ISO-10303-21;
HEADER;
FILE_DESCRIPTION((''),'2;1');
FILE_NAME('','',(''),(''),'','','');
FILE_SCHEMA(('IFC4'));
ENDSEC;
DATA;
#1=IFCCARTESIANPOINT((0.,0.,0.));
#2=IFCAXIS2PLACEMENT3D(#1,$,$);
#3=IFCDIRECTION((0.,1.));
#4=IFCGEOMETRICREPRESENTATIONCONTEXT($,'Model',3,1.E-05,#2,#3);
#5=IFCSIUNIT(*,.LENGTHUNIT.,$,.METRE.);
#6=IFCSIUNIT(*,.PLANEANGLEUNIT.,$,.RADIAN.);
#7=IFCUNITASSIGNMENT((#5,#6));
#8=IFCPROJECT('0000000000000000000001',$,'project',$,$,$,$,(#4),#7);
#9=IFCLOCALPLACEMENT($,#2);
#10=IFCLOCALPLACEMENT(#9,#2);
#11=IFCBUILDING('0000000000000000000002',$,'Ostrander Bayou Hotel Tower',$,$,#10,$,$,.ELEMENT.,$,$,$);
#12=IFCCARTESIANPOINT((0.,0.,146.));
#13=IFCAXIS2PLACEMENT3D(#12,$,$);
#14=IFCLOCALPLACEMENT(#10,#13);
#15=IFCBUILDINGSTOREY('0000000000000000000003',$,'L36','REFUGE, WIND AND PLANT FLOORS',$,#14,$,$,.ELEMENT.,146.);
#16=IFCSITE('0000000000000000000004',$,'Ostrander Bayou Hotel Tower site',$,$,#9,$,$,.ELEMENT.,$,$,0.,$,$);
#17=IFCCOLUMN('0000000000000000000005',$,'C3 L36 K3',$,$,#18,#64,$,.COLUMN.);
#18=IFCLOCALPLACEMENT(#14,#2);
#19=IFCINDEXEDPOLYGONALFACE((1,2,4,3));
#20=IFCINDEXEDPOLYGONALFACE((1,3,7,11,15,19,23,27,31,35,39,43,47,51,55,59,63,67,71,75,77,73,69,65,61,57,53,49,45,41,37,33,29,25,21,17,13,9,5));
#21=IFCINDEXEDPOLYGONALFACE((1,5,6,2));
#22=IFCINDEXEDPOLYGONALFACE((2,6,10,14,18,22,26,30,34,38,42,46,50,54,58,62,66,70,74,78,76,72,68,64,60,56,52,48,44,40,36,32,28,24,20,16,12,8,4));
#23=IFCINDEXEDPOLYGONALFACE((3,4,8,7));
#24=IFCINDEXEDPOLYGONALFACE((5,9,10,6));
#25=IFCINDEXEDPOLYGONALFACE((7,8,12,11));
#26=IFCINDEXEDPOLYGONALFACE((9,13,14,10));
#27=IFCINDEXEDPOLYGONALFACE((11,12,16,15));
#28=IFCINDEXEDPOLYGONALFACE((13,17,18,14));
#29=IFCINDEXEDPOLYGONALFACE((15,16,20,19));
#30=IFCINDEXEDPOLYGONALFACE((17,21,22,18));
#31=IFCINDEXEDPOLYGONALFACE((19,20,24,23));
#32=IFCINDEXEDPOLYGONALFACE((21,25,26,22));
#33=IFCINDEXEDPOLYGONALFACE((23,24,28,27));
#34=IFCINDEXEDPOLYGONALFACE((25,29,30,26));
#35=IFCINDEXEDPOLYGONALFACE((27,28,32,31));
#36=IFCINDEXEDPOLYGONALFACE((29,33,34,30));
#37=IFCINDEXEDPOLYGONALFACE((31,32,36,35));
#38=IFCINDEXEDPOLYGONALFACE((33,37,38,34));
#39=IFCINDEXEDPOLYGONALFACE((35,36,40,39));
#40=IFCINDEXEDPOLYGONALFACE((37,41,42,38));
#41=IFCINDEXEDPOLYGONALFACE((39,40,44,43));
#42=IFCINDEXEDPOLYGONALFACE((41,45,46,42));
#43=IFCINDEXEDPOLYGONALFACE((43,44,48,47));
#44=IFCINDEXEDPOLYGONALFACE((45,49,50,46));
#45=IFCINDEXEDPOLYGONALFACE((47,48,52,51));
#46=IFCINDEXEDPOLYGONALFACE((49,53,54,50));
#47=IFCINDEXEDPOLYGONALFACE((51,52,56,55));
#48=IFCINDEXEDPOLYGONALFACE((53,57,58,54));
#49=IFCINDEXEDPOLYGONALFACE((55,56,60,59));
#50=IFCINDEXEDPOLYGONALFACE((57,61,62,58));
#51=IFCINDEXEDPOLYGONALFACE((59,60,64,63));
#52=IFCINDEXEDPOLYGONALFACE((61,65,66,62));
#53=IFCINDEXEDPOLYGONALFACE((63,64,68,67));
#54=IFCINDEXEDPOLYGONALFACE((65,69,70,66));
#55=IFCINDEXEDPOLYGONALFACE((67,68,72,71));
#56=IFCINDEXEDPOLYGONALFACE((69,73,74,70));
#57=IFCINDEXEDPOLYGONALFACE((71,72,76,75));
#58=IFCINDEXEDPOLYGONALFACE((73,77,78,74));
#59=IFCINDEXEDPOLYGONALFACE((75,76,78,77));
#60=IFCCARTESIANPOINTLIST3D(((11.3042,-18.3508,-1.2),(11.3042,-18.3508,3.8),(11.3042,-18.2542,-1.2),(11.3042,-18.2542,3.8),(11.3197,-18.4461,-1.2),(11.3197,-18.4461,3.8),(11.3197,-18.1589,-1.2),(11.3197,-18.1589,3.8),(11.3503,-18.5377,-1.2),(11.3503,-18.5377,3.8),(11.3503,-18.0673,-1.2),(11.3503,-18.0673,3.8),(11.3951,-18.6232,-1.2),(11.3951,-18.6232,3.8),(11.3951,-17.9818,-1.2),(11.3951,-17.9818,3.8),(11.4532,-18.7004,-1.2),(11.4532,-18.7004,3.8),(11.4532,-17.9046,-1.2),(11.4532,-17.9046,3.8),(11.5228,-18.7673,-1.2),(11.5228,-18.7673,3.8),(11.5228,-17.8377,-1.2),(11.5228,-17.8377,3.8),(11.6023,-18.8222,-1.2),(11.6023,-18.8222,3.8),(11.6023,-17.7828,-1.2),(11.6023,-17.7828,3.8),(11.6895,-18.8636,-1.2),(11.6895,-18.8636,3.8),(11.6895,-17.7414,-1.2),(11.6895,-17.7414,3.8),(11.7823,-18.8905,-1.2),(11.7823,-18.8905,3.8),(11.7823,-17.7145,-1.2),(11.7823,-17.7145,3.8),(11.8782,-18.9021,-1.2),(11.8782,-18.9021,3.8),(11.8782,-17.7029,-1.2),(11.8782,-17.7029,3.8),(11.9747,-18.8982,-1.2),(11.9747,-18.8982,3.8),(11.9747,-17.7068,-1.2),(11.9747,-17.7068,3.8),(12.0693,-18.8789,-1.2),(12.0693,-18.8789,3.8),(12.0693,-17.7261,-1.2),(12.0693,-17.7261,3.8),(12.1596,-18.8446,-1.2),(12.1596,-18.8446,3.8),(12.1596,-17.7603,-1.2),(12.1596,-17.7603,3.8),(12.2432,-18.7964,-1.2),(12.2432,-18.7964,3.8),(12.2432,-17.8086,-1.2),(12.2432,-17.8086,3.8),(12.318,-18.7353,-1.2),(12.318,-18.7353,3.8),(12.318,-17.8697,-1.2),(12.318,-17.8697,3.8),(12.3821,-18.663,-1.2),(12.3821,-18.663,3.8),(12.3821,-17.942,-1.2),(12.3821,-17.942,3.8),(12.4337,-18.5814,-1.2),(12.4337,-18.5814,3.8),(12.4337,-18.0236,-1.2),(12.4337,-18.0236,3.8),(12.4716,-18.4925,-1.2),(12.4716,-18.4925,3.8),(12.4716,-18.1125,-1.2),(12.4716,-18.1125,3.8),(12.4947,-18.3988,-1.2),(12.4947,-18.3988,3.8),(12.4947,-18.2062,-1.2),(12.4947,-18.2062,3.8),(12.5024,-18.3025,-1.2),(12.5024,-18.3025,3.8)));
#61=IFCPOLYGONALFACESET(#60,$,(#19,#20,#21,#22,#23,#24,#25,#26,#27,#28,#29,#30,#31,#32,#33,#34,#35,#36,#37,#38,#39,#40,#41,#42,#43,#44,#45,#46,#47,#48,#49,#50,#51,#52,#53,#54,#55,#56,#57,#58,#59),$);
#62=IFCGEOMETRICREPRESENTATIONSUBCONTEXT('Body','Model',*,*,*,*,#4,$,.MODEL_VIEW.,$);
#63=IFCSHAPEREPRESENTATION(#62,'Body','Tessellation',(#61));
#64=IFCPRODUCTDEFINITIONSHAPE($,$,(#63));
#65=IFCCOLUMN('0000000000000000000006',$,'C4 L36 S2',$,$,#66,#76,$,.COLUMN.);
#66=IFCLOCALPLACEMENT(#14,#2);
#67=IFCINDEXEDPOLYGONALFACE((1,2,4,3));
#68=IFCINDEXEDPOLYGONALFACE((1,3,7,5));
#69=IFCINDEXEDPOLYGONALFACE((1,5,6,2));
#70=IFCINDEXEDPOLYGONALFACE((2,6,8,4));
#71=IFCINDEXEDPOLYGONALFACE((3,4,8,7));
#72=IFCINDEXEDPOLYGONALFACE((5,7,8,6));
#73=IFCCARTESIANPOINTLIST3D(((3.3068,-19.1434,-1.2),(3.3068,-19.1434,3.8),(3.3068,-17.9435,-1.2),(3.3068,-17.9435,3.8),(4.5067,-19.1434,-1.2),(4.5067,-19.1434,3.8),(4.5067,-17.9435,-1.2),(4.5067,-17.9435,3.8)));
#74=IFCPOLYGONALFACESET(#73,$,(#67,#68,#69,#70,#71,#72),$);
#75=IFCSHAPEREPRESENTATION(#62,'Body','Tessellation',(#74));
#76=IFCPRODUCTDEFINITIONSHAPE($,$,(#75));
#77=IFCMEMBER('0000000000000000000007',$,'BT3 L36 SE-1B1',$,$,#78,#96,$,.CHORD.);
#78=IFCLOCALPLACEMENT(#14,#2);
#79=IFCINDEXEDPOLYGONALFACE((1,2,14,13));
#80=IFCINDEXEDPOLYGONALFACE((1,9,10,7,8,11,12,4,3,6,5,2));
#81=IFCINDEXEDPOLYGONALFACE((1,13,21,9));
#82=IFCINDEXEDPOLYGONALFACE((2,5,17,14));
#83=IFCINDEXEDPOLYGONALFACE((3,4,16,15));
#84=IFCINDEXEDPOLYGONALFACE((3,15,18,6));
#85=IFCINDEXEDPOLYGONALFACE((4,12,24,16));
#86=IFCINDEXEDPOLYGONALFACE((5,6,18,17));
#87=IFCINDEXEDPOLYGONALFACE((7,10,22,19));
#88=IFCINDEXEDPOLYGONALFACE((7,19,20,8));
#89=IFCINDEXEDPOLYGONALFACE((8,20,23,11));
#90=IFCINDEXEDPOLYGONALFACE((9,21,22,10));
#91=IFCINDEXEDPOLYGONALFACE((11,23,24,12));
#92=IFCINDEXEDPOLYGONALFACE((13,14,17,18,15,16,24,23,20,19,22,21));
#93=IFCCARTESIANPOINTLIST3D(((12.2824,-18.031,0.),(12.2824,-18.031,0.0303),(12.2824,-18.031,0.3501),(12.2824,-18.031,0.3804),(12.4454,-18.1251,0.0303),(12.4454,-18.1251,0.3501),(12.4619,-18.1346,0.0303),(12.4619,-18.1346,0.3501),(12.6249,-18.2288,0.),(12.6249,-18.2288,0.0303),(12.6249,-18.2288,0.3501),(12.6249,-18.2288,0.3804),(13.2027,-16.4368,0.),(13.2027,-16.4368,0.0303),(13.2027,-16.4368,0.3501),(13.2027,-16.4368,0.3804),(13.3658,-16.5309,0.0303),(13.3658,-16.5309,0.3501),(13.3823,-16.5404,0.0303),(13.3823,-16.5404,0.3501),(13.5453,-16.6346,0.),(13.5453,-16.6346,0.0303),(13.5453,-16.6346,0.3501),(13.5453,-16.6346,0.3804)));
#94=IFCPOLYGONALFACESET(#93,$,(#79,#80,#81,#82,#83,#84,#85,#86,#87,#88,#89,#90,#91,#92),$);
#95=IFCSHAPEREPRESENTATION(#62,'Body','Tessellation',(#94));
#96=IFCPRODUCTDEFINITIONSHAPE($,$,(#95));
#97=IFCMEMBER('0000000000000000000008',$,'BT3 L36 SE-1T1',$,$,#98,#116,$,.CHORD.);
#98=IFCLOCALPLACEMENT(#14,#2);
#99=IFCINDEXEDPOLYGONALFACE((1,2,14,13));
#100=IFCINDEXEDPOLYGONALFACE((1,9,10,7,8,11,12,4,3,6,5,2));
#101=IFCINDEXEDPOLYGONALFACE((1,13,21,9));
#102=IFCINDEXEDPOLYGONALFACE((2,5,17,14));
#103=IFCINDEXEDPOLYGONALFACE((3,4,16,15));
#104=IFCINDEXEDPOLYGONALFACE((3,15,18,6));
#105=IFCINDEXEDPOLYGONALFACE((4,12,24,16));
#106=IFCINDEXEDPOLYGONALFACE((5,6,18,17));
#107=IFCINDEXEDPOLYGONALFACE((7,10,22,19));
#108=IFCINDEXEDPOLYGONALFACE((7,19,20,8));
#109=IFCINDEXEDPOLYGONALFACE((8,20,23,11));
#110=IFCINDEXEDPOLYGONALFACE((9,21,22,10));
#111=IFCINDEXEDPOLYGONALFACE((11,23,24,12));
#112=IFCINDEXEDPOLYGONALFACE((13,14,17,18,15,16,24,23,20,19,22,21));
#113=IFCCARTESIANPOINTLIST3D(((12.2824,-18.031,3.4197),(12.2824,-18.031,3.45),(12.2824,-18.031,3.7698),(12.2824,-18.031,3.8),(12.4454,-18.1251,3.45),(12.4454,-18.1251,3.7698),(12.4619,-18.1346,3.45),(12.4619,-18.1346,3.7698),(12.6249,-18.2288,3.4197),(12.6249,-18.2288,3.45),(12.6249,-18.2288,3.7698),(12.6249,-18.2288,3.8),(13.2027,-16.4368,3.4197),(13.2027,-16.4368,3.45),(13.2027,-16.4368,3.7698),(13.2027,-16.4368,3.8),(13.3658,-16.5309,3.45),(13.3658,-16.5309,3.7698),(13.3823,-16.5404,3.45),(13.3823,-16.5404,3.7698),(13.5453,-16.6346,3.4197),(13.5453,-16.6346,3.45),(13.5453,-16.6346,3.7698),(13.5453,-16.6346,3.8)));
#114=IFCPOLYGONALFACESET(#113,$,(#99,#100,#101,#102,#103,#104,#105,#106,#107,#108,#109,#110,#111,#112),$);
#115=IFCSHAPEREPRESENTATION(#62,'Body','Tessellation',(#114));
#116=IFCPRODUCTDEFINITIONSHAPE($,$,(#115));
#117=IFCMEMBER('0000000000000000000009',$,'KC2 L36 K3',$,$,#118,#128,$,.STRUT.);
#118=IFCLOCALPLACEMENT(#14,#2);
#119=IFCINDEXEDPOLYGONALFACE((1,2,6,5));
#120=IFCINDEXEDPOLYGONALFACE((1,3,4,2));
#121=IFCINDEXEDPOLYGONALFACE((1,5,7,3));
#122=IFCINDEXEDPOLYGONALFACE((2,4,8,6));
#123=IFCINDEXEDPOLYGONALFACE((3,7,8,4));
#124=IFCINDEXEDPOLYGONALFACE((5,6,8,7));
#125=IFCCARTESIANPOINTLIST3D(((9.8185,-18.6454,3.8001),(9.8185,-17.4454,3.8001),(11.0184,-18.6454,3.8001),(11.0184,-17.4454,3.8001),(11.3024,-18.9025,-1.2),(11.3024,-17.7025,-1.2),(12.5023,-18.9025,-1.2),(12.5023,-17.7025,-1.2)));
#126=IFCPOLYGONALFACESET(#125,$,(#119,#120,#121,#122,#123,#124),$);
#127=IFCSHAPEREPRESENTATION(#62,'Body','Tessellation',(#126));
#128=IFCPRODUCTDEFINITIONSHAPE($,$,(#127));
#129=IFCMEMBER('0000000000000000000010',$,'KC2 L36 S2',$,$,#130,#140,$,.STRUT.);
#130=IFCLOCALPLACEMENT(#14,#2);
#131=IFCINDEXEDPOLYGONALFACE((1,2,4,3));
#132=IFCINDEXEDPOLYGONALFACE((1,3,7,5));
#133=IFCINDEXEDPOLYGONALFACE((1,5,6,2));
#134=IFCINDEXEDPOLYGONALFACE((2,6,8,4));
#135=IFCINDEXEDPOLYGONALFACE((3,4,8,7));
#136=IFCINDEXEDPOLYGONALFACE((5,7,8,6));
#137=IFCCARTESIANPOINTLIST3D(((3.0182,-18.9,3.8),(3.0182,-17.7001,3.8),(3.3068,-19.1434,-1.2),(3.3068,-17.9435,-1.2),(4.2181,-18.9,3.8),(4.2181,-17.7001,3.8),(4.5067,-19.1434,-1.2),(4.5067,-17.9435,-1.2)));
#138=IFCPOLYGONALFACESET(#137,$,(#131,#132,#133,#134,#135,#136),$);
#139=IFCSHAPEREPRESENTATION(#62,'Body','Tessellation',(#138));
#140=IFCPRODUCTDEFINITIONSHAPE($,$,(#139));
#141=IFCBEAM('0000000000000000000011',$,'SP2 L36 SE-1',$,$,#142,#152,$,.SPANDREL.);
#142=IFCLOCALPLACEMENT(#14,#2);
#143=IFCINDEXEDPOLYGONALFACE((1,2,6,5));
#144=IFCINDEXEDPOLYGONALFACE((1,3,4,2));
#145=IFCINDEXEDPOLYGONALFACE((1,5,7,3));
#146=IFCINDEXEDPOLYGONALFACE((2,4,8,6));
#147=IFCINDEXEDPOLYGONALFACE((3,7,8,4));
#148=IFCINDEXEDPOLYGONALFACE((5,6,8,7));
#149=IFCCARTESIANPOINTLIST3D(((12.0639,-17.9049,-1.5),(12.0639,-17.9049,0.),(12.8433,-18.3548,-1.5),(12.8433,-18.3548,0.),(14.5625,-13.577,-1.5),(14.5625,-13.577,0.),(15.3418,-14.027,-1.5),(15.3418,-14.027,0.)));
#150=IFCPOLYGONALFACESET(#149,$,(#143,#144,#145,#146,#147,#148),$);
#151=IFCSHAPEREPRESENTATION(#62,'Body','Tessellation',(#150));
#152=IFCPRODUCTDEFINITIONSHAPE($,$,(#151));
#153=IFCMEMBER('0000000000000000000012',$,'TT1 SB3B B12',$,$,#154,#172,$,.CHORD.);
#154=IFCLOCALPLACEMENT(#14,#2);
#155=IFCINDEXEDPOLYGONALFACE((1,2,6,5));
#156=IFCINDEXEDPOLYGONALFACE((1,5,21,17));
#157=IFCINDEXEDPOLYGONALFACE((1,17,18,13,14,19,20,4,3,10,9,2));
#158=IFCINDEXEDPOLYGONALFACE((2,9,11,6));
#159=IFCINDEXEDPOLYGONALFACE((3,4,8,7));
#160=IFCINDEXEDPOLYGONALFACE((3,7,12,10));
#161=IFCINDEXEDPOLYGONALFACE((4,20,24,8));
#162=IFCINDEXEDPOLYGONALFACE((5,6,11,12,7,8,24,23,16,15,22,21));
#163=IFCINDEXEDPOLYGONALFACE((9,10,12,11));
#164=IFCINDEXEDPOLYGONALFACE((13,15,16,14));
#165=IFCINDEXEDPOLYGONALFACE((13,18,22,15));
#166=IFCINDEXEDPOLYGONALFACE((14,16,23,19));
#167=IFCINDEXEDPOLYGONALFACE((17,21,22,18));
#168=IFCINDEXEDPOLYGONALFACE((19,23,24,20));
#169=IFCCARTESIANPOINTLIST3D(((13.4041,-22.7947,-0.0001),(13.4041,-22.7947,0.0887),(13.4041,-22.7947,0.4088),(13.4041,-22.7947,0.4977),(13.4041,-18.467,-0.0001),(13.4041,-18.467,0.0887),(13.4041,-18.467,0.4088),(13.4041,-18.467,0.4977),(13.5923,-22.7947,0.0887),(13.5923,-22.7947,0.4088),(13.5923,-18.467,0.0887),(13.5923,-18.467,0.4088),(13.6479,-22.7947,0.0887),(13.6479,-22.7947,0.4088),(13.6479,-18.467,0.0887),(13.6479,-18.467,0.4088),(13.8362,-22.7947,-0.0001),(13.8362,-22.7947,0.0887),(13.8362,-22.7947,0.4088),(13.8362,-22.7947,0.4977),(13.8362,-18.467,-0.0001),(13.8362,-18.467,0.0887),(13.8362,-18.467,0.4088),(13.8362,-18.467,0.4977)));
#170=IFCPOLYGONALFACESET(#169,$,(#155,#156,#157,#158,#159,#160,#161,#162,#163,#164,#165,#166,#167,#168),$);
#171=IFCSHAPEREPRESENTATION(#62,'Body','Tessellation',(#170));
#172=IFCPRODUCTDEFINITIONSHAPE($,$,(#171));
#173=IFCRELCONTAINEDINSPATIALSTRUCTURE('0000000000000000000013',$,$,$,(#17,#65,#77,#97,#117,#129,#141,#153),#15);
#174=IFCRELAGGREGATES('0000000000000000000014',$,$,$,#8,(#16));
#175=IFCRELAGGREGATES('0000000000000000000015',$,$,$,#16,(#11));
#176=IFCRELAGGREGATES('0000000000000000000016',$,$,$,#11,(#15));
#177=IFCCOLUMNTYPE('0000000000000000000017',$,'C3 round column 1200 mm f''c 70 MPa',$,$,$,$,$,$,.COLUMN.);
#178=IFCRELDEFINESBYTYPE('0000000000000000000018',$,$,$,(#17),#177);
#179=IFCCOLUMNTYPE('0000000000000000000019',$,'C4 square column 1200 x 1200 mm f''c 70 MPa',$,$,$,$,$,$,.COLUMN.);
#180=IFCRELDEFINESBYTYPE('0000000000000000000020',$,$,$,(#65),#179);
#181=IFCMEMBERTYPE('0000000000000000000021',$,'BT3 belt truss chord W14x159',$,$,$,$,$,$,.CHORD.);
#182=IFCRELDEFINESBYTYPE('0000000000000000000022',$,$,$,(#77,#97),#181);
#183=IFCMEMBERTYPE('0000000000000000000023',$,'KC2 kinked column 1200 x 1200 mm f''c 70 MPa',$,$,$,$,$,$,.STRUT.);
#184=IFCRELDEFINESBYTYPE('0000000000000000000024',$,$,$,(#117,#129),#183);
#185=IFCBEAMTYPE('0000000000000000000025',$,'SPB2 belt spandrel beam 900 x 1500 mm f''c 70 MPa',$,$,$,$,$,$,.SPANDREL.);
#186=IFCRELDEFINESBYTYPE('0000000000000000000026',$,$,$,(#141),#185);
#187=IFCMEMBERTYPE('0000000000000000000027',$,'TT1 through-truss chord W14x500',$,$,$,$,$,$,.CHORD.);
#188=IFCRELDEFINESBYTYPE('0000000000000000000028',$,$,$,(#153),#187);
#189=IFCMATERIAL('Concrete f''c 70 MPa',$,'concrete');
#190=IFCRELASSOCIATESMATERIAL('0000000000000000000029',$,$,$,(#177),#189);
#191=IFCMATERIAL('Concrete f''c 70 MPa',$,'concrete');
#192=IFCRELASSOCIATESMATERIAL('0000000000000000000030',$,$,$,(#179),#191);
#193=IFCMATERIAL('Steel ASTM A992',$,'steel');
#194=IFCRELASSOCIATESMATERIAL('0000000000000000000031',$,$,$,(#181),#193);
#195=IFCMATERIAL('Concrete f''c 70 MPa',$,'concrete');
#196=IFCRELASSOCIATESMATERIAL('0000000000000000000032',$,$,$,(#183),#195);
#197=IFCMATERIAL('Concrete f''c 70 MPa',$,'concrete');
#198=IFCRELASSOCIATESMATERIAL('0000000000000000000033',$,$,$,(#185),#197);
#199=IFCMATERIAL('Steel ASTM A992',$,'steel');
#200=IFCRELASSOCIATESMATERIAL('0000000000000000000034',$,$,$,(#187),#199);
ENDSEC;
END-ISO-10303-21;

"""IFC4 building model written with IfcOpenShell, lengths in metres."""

from ifc_helpers import new_model, si_unit, direction, frame, origin, origin_2d, place, context, subcontext, project, spatial, rectangle, circle, i_section, extrude, material, material_profile, profile_set, type_object, element, save


model = new_model("IFC4")

# Units and contexts
model_context = context("Model", 3, precision=1e-05, world=origin(), true_north=direction((0.0, 1.0)))
body_context = subcontext(model_context, "Body", "Model", "MODEL_VIEW")
ifc_project = project(units=[si_unit("LENGTHUNIT", "METRE"), si_unit("PLANEANGLEUNIT", "RADIAN")], contexts=[model_context])

# Site, building, storey
site_placement = place(None, origin())
site = spatial("IfcSite", under=ifc_project, at=site_placement, Name="Ostrander Bayou Hotel Tower site", CompositionType="ELEMENT", RefElevation=0.0)
building_placement = place(site_placement, origin())
building = spatial("IfcBuilding", under=site, at=building_placement, Name="Ostrander Bayou Hotel Tower", CompositionType="ELEMENT")
storey_placement = place(building_placement, frame((0.0, 0.0, 146.0)))
storey = spatial("IfcBuildingStorey", under=building, at=storey_placement, Name="L36", Description="REFUGE, WIND AND PLANT FLOORS", CompositionType="ELEMENT", Elevation=146.0)

# Columns
ifc_material_1 = material(Name="Concrete f'c 70 MPa", Category="concrete")
ifc_material_profile_1 = material_profile(ifc_material_1, circle(Radius=0.6001, at=origin_2d()))
ifc_profile_set_1 = profile_set([ifc_material_profile_1], Name="Concrete f'c 70 MPa")
column_type_1 = type_object("IfcColumnType", Name="C3 round column 1200 mm f'c 70 MPa", PredefinedType="COLUMN", material=ifc_profile_set_1)
column_1_placement = place(storey_placement, frame((11.9023, -18.3025, -1.2), z_axis=(0.0, 0.0, 1.0), x_axis=(1.0, 0.0, 0.0)))
element("IfcColumn", 1, at=column_1_placement, inside=storey, type_object=column_type_1, Name="C3 L36 K3", PredefinedType="COLUMN", context=body_context, shape_type="SweptSolid", body=[
    extrude(circle(Radius=0.6001, at=origin_2d()), origin(), (0.0, 0.0, 1.0), 5.0),
])
ifc_material_2 = material(Name="Concrete f'c 70 MPa", Category="concrete")
ifc_material_profile_2 = material_profile(ifc_material_2, rectangle(XDim=1.2, YDim=1.2, at=origin_2d()))
ifc_profile_set_2 = profile_set([ifc_material_profile_2], Name="Concrete f'c 70 MPa")
column_type_2 = type_object("IfcColumnType", Name="C4 square column 1200 x 1200 mm f'c 70 MPa", PredefinedType="COLUMN", material=ifc_profile_set_2)
column_2_placement = place(storey_placement, frame((3.9067, -18.5435, -1.2), z_axis=(0.0, 0.0, 1.0), x_axis=(-1.0, 0.0, 0.0)))
element("IfcColumn", 2, at=column_2_placement, inside=storey, type_object=column_type_2, Name="C4 L36 S2", PredefinedType="COLUMN", context=body_context, shape_type="SweptSolid", body=[
    extrude(rectangle(XDim=1.2, YDim=1.2, at=origin_2d()), origin(), (0.0, 0.0, 1.0), 5.0),
])

# Members
ifc_material_3 = material(Name="Steel ASTM A992", Category="steel")
ifc_material_profile_3 = material_profile(ifc_material_3, i_section(OverallWidth=0.3955, OverallDepth=0.3804, WebThickness=0.019, FlangeThickness=0.0303, at=origin_2d()))
ifc_profile_set_3 = profile_set([ifc_material_profile_3], Name="Steel ASTM A992")
member_type_1 = type_object("IfcMemberType", Name="BT3 belt truss chord W14x159", PredefinedType="CHORD", material=ifc_profile_set_3)
for number, where, z_axis, x_axis, name in (
    (3, (12.4536, -18.1299, 0.1902), (0.49999, 0.866031, 0.0), (-0.866031, 0.49999, 0.0), "BT3 L36 SE-1B1"),
    (4, (12.4536, -18.1299, 3.6099), (0.49999, 0.866031, 0.0), (-0.866031, 0.49999, 0.0), "BT3 L36 SE-1T1"),
):
    element("IfcMember", number, at=place(storey_placement, frame(where, z_axis=z_axis, x_axis=x_axis)), inside=storey, type_object=member_type_1, Name=name, PredefinedType="CHORD", context=body_context, shape_type="SweptSolid", body=[
        extrude(i_section(OverallWidth=0.3955, OverallDepth=0.3804, WebThickness=0.019, FlangeThickness=0.0303, at=origin_2d()), origin(), (0.0, 0.0, 1.0), 1.8408),
    ])
ifc_material_4 = material(Name="Concrete f'c 70 MPa", Category="concrete")
ifc_material_profile_4 = material_profile(ifc_material_4, rectangle(XDim=1.2, YDim=1.2, at=origin_2d()))
ifc_profile_set_4 = profile_set([ifc_material_profile_4], Name="Concrete f'c 70 MPa")
member_type_2 = type_object("IfcMemberType", Name="KC2 kinked column 1200 x 1200 mm f'c 70 MPa", PredefinedType="STRUT", material=ifc_profile_set_4)
member_1_placement = place(storey_placement, frame((11.9023, -18.3025, -1.2), z_axis=(0.0, 0.0, 1.0), x_axis=(1.0, 0.0, 0.0)))
element("IfcMember", 5, at=member_1_placement, inside=storey, type_object=member_type_2, Name="KC2 L36 K3", PredefinedType="STRUT", context=body_context, shape_type="SweptSolid", body=[
    extrude(rectangle(XDim=1.2, YDim=1.2, at=origin_2d()), origin(), (-0.284167, 0.049231, 0.95751), 5.2219),
])
member_2_placement = place(storey_placement, frame((3.9067, -18.5435, -1.2), z_axis=(0.0, 0.0, 1.0), x_axis=(-1.0, 0.0, 0.0)))
element("IfcMember", 6, at=member_2_placement, inside=storey, type_object=member_type_2, Name="KC2 L36 S2", PredefinedType="STRUT", context=body_context, shape_type="SweptSolid", body=[
    extrude(rectangle(XDim=1.2, YDim=1.2, at=origin_2d()), origin(), (0.057551, -0.048543, 0.997162), 5.0142),
])

# Beam
ifc_material_5 = material(Name="Concrete f'c 70 MPa", Category="concrete")
ifc_material_profile_5 = material_profile(ifc_material_5, rectangle(XDim=0.8999, YDim=1.5, at=origin_2d()))
ifc_profile_set_5 = profile_set([ifc_material_profile_5], Name="Concrete f'c 70 MPa")
beam_type = type_object("IfcBeamType", Name="SPB2 belt spandrel beam 900 x 1500 mm f'c 70 MPa", PredefinedType="SPANDREL", material=ifc_profile_set_5)
beam_placement = place(storey_placement, frame((12.4536, -18.1299, -0.75), z_axis=(0.499975, 0.86604, 0.0), x_axis=(-0.86604, 0.499975, 0.0)))
element("IfcBeam", 7, at=beam_placement, inside=storey, type_object=beam_type, Name="SP2 L36 SE-1", PredefinedType="SPANDREL", context=body_context, shape_type="SweptSolid", body=[
    extrude(rectangle(XDim=0.8999, YDim=1.5, at=origin_2d()), origin(), (0.0, 0.0, 1.0), 4.9973),
])

# Member
ifc_material_6 = material(Name="Steel ASTM A992", Category="steel")
ifc_material_profile_6 = material_profile(ifc_material_6, i_section(OverallWidth=0.4321, OverallDepth=0.4978, WebThickness=0.0557, FlangeThickness=0.0889, at=origin_2d()))
ifc_profile_set_6 = profile_set([ifc_material_profile_6], Name="Steel ASTM A992")
member_type_3 = type_object("IfcMemberType", Name="TT1 through-truss chord W14x500", PredefinedType="CHORD", material=ifc_profile_set_6)
for number, where, z_axis, x_axis, name in (
    (8, (13.6201, -18.467, 0.2488), (0.0, -1.0, 0.0), (1.0, 0.0, 0.0), "TT1 SB3B B12"),
):
    element("IfcMember", number, at=place(storey_placement, frame(where, z_axis=z_axis, x_axis=x_axis)), inside=storey, type_object=member_type_3, Name=name, PredefinedType="CHORD", context=body_context, shape_type="SweptSolid", body=[
        extrude(i_section(OverallWidth=0.4321, OverallDepth=0.4978, WebThickness=0.0557, FlangeThickness=0.0889, at=origin_2d()), origin(), (0.0, 0.0, 1.0), 4.3276),
    ])

save(model, "model.ifc")
